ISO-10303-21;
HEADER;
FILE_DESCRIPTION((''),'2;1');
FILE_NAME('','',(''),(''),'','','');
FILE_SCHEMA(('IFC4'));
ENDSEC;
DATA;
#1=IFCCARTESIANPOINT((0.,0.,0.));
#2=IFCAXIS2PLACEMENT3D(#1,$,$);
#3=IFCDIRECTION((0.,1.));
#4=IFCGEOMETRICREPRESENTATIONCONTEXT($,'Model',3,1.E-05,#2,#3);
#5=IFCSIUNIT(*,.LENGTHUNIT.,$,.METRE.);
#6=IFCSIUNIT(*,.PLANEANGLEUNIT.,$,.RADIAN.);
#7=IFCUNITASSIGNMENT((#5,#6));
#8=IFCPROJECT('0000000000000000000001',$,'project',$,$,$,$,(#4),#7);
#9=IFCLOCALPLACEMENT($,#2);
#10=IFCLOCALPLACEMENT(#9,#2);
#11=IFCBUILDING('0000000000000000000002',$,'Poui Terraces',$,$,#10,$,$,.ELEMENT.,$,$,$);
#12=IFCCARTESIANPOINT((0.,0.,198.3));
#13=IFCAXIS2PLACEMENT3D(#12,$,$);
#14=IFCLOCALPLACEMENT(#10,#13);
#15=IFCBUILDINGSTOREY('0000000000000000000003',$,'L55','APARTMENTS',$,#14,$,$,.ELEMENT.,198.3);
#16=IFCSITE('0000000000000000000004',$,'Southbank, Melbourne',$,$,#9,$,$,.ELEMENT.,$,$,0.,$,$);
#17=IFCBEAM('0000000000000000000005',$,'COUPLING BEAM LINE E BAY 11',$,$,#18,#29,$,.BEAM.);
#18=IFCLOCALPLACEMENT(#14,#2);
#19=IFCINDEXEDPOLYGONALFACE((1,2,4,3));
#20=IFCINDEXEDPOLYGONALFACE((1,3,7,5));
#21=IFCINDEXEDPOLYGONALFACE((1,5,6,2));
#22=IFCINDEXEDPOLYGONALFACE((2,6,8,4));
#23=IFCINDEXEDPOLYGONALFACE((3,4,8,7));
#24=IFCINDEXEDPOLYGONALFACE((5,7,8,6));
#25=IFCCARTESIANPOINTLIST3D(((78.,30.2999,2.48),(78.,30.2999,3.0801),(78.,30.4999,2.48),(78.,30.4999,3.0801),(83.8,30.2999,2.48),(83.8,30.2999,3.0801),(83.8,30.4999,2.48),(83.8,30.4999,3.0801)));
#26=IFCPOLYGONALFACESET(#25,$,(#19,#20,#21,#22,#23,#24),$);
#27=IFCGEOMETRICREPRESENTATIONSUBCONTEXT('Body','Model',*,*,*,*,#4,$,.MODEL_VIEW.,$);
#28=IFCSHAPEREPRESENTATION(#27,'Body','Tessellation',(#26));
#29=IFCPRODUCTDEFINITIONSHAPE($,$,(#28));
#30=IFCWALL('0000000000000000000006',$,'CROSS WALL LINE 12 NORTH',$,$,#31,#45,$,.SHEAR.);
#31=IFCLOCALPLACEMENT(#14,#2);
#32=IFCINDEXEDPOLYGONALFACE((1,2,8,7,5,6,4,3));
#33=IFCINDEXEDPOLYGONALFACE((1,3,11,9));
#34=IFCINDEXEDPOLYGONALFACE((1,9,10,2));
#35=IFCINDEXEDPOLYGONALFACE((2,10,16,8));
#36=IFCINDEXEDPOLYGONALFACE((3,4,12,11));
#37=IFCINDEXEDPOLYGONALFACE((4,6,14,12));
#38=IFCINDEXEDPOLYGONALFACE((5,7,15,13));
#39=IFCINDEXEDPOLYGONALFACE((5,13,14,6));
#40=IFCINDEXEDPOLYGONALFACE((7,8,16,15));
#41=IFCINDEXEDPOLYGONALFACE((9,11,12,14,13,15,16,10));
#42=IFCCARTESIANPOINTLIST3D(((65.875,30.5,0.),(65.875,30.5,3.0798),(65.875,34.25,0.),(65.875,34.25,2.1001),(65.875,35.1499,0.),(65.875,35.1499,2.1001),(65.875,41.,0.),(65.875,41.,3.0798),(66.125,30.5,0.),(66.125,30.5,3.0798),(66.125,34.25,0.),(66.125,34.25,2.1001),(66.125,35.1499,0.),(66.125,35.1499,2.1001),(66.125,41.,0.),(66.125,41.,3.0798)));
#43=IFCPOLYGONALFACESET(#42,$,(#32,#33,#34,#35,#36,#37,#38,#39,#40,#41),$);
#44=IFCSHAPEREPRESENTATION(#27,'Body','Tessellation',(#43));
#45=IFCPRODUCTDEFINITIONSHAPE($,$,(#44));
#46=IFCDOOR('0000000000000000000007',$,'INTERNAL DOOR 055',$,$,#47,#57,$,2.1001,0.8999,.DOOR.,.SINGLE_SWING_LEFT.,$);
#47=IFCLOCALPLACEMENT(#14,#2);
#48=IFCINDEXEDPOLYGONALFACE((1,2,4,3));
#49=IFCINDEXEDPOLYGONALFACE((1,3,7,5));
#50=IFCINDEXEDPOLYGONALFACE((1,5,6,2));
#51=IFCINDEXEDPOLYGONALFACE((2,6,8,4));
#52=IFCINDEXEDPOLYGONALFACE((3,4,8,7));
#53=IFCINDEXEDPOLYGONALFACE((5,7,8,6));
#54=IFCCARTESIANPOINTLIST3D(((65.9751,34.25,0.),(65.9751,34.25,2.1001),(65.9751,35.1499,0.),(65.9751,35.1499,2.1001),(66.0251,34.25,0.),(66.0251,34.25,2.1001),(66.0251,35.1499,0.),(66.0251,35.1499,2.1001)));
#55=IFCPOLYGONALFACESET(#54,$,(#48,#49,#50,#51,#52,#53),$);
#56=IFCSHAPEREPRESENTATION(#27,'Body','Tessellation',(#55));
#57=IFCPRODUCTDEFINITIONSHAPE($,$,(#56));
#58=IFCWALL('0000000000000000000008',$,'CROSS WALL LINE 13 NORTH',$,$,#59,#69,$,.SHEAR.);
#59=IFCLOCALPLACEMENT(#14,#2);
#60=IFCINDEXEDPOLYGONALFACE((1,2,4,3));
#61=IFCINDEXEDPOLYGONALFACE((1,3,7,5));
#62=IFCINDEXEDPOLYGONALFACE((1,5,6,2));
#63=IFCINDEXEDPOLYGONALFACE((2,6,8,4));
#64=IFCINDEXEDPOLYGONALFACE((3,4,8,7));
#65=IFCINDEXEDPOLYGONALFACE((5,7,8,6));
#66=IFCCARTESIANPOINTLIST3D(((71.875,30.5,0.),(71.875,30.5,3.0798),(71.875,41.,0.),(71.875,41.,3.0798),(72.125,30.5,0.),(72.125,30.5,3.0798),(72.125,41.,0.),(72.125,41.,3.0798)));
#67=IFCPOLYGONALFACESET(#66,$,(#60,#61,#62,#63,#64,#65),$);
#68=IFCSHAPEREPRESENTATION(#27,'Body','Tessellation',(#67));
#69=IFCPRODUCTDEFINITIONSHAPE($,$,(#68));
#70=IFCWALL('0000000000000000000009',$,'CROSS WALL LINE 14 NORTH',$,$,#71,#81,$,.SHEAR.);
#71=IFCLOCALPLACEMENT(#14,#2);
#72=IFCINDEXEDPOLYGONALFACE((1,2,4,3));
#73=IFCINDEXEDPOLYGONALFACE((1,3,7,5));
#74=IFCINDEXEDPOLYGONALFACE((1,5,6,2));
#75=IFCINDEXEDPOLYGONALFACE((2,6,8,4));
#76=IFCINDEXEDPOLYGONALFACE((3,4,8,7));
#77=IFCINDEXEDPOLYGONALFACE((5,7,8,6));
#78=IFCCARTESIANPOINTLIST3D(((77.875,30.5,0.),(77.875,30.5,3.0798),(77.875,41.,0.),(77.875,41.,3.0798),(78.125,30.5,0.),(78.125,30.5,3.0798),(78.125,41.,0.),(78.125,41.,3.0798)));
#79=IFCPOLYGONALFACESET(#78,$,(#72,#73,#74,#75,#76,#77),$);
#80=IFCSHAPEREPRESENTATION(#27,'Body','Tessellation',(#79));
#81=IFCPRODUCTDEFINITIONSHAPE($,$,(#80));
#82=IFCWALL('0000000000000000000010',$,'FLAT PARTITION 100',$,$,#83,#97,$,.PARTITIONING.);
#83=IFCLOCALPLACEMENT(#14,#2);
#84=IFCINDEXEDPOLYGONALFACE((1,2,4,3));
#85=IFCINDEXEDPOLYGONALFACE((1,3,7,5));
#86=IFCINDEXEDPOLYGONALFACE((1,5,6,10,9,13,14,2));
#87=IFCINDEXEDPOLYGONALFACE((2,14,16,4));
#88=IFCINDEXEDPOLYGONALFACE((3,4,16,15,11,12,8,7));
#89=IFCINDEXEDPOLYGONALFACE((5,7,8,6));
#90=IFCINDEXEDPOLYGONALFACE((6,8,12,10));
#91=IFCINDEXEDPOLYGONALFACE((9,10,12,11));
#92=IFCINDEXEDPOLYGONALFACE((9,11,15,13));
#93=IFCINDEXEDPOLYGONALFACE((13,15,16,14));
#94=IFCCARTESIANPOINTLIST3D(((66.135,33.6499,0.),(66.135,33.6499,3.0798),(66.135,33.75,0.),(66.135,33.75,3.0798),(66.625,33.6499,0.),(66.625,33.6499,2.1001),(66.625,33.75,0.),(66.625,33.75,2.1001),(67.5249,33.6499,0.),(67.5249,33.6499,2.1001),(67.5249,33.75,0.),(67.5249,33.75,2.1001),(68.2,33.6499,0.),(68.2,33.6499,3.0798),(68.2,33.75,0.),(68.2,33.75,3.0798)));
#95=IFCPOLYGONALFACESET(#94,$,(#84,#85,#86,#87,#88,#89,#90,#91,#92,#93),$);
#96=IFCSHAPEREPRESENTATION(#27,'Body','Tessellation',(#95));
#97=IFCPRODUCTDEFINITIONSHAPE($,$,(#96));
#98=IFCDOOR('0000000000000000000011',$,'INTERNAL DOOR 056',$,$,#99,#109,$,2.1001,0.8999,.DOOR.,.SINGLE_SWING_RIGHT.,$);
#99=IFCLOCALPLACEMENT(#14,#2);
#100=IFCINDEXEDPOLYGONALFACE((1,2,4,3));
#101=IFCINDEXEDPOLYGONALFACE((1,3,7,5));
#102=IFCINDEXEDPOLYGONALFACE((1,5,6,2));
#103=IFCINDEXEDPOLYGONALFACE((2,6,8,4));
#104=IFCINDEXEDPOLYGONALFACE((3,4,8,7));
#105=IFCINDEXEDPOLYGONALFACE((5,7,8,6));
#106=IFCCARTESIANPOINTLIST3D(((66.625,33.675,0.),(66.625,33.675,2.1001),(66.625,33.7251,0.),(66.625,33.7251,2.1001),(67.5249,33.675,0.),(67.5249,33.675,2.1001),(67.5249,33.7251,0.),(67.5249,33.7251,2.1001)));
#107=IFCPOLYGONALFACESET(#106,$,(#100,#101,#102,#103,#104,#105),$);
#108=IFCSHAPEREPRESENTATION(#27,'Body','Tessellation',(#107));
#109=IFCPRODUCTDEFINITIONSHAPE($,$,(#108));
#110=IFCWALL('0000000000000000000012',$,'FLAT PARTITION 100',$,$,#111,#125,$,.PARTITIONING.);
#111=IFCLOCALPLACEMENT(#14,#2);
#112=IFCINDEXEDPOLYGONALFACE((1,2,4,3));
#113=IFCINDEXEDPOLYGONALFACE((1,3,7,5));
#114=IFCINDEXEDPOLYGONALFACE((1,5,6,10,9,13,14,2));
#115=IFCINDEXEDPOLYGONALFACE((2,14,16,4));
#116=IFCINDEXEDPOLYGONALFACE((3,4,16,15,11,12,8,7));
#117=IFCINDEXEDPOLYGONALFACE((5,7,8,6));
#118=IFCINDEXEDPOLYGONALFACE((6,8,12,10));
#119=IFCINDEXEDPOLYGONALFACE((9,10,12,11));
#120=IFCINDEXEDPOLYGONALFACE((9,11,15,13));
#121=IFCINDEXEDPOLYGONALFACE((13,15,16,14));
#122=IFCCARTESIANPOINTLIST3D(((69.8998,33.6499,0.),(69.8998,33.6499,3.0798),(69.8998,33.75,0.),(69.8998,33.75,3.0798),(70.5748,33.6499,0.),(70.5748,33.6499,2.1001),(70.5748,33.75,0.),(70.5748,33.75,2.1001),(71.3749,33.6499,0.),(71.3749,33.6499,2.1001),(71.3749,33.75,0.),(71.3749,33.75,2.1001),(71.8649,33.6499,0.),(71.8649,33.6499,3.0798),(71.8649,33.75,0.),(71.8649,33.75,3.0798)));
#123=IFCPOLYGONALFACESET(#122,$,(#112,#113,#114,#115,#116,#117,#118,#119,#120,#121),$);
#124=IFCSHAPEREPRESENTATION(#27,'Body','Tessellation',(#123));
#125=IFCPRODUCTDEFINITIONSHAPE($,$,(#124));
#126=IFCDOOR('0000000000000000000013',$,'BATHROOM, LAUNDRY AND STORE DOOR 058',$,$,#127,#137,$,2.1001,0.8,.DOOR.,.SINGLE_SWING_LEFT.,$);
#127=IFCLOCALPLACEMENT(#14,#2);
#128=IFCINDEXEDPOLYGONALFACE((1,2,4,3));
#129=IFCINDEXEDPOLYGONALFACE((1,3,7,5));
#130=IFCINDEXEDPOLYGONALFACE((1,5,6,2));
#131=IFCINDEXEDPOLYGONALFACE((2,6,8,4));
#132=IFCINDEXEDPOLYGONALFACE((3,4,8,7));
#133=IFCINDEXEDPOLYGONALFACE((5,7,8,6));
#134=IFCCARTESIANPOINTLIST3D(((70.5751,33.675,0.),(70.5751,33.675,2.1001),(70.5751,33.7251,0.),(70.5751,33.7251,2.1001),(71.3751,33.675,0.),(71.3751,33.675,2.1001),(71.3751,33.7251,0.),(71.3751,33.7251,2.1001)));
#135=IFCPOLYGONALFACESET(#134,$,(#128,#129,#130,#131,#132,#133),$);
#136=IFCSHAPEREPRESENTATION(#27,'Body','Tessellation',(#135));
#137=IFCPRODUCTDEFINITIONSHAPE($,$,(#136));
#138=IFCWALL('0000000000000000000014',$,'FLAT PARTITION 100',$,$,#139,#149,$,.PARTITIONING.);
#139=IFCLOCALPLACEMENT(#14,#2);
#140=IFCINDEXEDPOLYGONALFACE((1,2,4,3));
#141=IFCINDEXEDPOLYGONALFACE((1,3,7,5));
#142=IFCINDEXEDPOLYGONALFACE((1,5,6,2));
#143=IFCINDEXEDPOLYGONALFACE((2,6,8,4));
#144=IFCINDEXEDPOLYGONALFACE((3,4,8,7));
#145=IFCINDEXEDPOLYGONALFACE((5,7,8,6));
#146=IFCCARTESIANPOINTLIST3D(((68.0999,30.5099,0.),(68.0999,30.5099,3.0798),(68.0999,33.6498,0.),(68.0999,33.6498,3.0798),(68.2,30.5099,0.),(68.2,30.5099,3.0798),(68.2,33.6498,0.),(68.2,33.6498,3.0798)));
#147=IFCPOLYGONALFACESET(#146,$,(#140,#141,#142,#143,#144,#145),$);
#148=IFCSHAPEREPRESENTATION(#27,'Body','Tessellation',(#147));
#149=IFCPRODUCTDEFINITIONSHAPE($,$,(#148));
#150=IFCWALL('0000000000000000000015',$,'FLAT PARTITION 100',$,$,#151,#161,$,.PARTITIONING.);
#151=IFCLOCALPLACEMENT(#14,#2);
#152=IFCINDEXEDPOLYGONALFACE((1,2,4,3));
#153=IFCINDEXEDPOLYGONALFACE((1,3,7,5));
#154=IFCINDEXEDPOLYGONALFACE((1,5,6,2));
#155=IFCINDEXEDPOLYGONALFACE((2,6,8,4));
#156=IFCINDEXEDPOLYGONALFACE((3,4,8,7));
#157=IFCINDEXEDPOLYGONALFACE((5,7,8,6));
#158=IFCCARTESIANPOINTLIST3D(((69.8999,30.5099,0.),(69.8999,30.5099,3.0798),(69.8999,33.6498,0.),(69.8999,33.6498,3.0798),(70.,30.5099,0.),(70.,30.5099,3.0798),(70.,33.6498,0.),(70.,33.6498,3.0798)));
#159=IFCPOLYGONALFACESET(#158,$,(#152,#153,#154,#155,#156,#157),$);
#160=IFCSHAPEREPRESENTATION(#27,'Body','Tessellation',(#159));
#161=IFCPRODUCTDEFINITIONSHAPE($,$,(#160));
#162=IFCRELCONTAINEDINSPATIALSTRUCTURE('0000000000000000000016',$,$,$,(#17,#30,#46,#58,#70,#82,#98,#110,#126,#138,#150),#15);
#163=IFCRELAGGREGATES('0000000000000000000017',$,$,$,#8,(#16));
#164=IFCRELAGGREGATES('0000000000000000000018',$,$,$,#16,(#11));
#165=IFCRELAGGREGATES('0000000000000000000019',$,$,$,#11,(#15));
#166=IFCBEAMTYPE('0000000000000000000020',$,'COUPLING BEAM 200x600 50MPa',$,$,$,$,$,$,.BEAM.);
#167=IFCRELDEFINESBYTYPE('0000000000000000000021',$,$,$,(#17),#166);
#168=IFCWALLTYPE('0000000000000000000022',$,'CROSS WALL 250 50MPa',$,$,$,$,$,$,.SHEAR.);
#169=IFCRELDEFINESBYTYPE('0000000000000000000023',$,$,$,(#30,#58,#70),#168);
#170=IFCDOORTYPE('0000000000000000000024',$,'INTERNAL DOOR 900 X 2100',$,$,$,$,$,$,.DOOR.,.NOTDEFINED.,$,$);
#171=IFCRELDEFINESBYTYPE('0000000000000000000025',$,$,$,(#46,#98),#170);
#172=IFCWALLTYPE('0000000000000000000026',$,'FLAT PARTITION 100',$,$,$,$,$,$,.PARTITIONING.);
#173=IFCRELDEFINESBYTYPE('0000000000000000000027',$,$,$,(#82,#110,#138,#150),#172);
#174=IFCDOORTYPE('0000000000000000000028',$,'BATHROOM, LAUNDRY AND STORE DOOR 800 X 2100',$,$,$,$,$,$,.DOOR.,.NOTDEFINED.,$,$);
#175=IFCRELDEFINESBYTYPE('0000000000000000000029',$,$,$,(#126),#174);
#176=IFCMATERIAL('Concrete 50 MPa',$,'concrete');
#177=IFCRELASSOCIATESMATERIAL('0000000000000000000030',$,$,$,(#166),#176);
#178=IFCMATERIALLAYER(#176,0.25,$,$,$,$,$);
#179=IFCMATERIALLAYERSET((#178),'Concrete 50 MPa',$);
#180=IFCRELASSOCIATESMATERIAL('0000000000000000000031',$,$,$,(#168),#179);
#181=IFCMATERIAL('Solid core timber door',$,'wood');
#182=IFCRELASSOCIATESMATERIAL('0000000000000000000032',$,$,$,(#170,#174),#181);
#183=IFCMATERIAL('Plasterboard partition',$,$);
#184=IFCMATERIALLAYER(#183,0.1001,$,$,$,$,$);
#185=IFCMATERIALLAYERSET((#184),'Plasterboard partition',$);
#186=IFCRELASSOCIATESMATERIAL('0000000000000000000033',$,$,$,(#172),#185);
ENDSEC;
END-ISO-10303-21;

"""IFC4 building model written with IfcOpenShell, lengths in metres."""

from ifc_helpers import new_model, si_unit, direction, frame, frame_2d, origin, origin_2d, place, context, subcontext, project, spatial, rectangle, extrude, source, transform, mapped, material, layer, layer_set, material_profile, profile_set, type_object, element, fill, save


model = new_model("IFC4")

# Units and contexts
model_context = context("Model", 3, precision=1e-05, world=origin(), true_north=direction((0.0, 1.0)))
body_context = subcontext(model_context, "Body", "Model", "MODEL_VIEW")
ifc_project = project(units=[si_unit("LENGTHUNIT", "METRE"), si_unit("PLANEANGLEUNIT", "RADIAN")], contexts=[model_context])

# Site, building, storey
site_placement = place(None, origin())
site = spatial("IfcSite", under=ifc_project, at=site_placement, Name="Southbank, Melbourne", CompositionType="ELEMENT", RefElevation=0.0)
building_placement = place(site_placement, origin())
building = spatial("IfcBuilding", under=site, at=building_placement, Name="Poui Terraces", CompositionType="ELEMENT")
storey_placement = place(building_placement, frame((0.0, 0.0, 198.3)))
storey = spatial("IfcBuildingStorey", under=building, at=storey_placement, Name="L55", Description="APARTMENTS", CompositionType="ELEMENT", Elevation=198.3)

# Beam
ifc_material_1 = material(Name="Concrete 50 MPa", Category="concrete")
ifc_material_profile = material_profile(ifc_material_1, rectangle(XDim=0.2, YDim=0.6001, at=origin_2d()), Name="RC 200x600")
ifc_profile_set = profile_set([ifc_material_profile], Name="Concrete 50 MPa")
beam_type = type_object("IfcBeamType", Name="COUPLING BEAM 200x600 50MPa", PredefinedType="BEAM", material=ifc_profile_set)
shared_shape = source(origin(), body_context, "Body", "SweptSolid", [
    extrude(rectangle(XDim=0.2, YDim=0.6001, at=origin_2d()), origin(), (0.0, 0.0, 1.0), 5.8),
])
beam_placement = place(storey_placement, frame((78.0, 30.3999, 2.78), z_axis=(1.0, 0.0, 0.0), x_axis=(0.0, 1.0, 0.0)))
element("IfcBeam", 1, at=beam_placement, inside=storey, type_object=beam_type, Name="COUPLING BEAM LINE E BAY 11", PredefinedType="BEAM", context=body_context, shape_type="MappedRepresentation", body=[
    mapped(shared_shape, transform((0.0, 0.0, 0.0))),
])

# Wall, opening, door
ifc_layer_1 = layer(ifc_material_1, 0.25)
ifc_layer_set_1 = layer_set([ifc_layer_1], Name="Concrete 50 MPa")
wall_type_1 = type_object("IfcWallType", Name="CROSS WALL 250 50MPa", PredefinedType="SHEAR", material=ifc_layer_set_1)
wall_1_placement = place(storey_placement, frame((66.0, 30.5, 0.0), z_axis=(0.0, 0.0, 1.0), x_axis=(0.0, 1.0, 0.0)))
wall_1 = element("IfcWall", 2, at=wall_1_placement, inside=storey, type_object=wall_type_1, Name="CROSS WALL LINE 12 NORTH", PredefinedType="SHEAR", context=body_context, shape_type="SweptSolid", body=[
    extrude(rectangle(XDim=10.5, YDim=0.25, at=frame_2d((5.25, 0.0))), origin(), (0.0, 0.0, 1.0), 3.0798),
])
opening_1_placement = place(wall_1_placement, frame((3.75, 0.0, 0.0)))
opening_1 = element("IfcOpeningElement", 3, at=opening_1_placement, cuts=wall_1, PredefinedType="OPENING", context=body_context, shape_type="SweptSolid", body=[
    extrude(rectangle(XDim=0.8999, YDim=2.1001, at=frame_2d((0.45, 1.05))), frame((0.0, 0.135, 0.0), z_axis=(0.0, -1.0, 0.0), x_axis=(1.0, 0.0, 0.0)), (0.0, 0.0, 1.0), 0.27),
])
ifc_material_2 = material(Name="Solid core timber door", Category="wood")
door_type_1 = type_object("IfcDoorType", Name="INTERNAL DOOR 900 X 2100", OperationType="NOTDEFINED", PredefinedType="DOOR", material=ifc_material_2)
door_1_placement = place(opening_1_placement, origin())
door_1 = element("IfcDoor", 4, at=door_1_placement, inside=storey, type_object=door_type_1, Name="INTERNAL DOOR 055", OperationType="SINGLE_SWING_LEFT", OverallHeight=2.1001, OverallWidth=0.8999, PredefinedType="DOOR", context=body_context, shape_type="SweptSolid", body=[
    extrude(rectangle(XDim=0.8999, YDim=2.1001, at=frame_2d((0.45, 1.05))), frame((0.0, 0.0249, 0.0), z_axis=(0.0, -1.0, 0.0), x_axis=(1.0, 0.0, 0.0)), (0.0, 0.0, 1.0), 0.05),
])
fill(opening_1, door_1)

# Walls
for number, where, z_axis, x_axis, name in (
    (5, (72.0, 30.5, 0.0), (0.0, 0.0, 1.0), (0.0, 1.0, 0.0), "CROSS WALL LINE 13 NORTH"),
    (6, (78.0, 30.5, 0.0), (0.0, 0.0, 1.0), (0.0, 1.0, 0.0), "CROSS WALL LINE 14 NORTH"),
):
    element("IfcWall", number, at=place(storey_placement, frame(where, z_axis=z_axis, x_axis=x_axis)), inside=storey, type_object=wall_type_1, Name=name, PredefinedType="SHEAR", context=body_context, shape_type="SweptSolid", body=[
        extrude(rectangle(XDim=10.5, YDim=0.25, at=frame_2d((5.25, 0.0))), origin(), (0.0, 0.0, 1.0), 3.0798),
    ])

# Walls, openings, doors
ifc_material_3 = material(Name="Plasterboard partition")
ifc_layer_2 = layer(ifc_material_3, 0.1001)
ifc_layer_set_2 = layer_set([ifc_layer_2], Name="Plasterboard partition")
wall_type_2 = type_object("IfcWallType", Name="FLAT PARTITION 100", PredefinedType="PARTITIONING", material=ifc_layer_set_2)
wall_2_placement = place(storey_placement, frame((66.135, 33.7, 0.0), z_axis=(0.0, 0.0, 1.0), x_axis=(1.0, 0.0, 0.0)))
wall_2 = element("IfcWall", 7, at=wall_2_placement, inside=storey, type_object=wall_type_2, Name="FLAT PARTITION 100", PredefinedType="PARTITIONING", context=body_context, shape_type="SweptSolid", body=[
    extrude(rectangle(XDim=2.0649, YDim=0.1001, at=frame_2d((1.0325, 0.0))), origin(), (0.0, 0.0, 1.0), 3.0798),
])
opening_2_placement = place(wall_2_placement, frame((0.49, 0.0, 0.0)))
opening_2 = element("IfcOpeningElement", 8, at=opening_2_placement, cuts=wall_2, PredefinedType="OPENING", context=body_context, shape_type="SweptSolid", body=[
    extrude(rectangle(XDim=0.8999, YDim=2.1001, at=frame_2d((0.45, 1.05))), frame((0.0, 0.0601, 0.0), z_axis=(0.0, -1.0, 0.0), x_axis=(1.0, 0.0, 0.0)), (0.0, 0.0, 1.0), 0.1201),
])
door_2_placement = place(opening_2_placement, frame((0.8999, 0.0, 0.0), z_axis=(0.0, 0.0, 1.0), x_axis=(-1.0, 0.0, 0.0)))
door_2 = element("IfcDoor", 9, at=door_2_placement, inside=storey, type_object=door_type_1, Name="INTERNAL DOOR 056", OperationType="SINGLE_SWING_RIGHT", OverallHeight=2.1001, OverallWidth=0.8999, PredefinedType="DOOR", context=body_context, shape_type="SweptSolid", body=[
    extrude(rectangle(XDim=0.8999, YDim=2.1001, at=frame_2d((0.45, 1.05))), frame((0.0, 0.0249, 0.0), z_axis=(0.0, -1.0, 0.0), x_axis=(1.0, 0.0, 0.0)), (0.0, 0.0, 1.0), 0.05),
])
fill(opening_2, door_2)
wall_3_placement = place(storey_placement, frame((69.8999, 33.7, 0.0), z_axis=(0.0, 0.0, 1.0), x_axis=(1.0, 0.0, 0.0)))
wall_3 = element("IfcWall", 10, at=wall_3_placement, inside=storey, type_object=wall_type_2, Name="FLAT PARTITION 100", PredefinedType="PARTITIONING", context=body_context, shape_type="SweptSolid", body=[
    extrude(rectangle(XDim=1.9651, YDim=0.1001, at=frame_2d((0.9824, 0.0))), origin(), (0.0, 0.0, 1.0), 3.0798),
])
opening_3_placement = place(wall_3_placement, frame((0.675, 0.0, 0.0)))
opening_3 = element("IfcOpeningElement", 11, at=opening_3_placement, cuts=wall_3, PredefinedType="OPENING", context=body_context, shape_type="SweptSolid", body=[
    extrude(rectangle(XDim=0.8, YDim=2.1001, at=frame_2d((0.3999, 1.05))), frame((0.0, 0.0601, 0.0), z_axis=(0.0, -1.0, 0.0), x_axis=(1.0, 0.0, 0.0)), (0.0, 0.0, 1.0), 0.1201),
])
door_type_2 = type_object("IfcDoorType", Name="BATHROOM, LAUNDRY AND STORE DOOR 800 X 2100", OperationType="NOTDEFINED", PredefinedType="DOOR", material=ifc_material_2)
door_3_placement = place(opening_3_placement, frame((0.8, 0.0, 0.0), z_axis=(0.0, 0.0, 1.0), x_axis=(-1.0, 0.0, 0.0)))
door_3 = element("IfcDoor", 12, at=door_3_placement, inside=storey, type_object=door_type_2, Name="BATHROOM, LAUNDRY AND STORE DOOR 058", OperationType="SINGLE_SWING_LEFT", OverallHeight=2.1001, OverallWidth=0.8, PredefinedType="DOOR", context=body_context, shape_type="SweptSolid", body=[
    extrude(rectangle(XDim=0.8, YDim=2.1001, at=frame_2d((0.3999, 1.05))), frame((0.0, 0.0249, 0.0), z_axis=(0.0, -1.0, 0.0), x_axis=(1.0, 0.0, 0.0)), (0.0, 0.0, 1.0), 0.05),
])
fill(opening_3, door_3)

# Walls
for number, where, z_axis, x_axis, name in (
    (13, (68.1499, 30.51, 0.0), (0.0, 0.0, 1.0), (0.0, 1.0, 0.0), "FLAT PARTITION 100"),
    (14, (69.95, 30.51, 0.0), (0.0, 0.0, 1.0), (0.0, 1.0, 0.0), "FLAT PARTITION 100"),
):
    element("IfcWall", number, at=place(storey_placement, frame(where, z_axis=z_axis, x_axis=x_axis)), inside=storey, type_object=wall_type_2, Name=name, PredefinedType="PARTITIONING", context=body_context, shape_type="SweptSolid", body=[
        extrude(rectangle(XDim=3.1399, YDim=0.1001, at=frame_2d((1.5698, 0.0))), origin(), (0.0, 0.0, 1.0), 3.0798),
    ])

save(model, "model.ifc")
